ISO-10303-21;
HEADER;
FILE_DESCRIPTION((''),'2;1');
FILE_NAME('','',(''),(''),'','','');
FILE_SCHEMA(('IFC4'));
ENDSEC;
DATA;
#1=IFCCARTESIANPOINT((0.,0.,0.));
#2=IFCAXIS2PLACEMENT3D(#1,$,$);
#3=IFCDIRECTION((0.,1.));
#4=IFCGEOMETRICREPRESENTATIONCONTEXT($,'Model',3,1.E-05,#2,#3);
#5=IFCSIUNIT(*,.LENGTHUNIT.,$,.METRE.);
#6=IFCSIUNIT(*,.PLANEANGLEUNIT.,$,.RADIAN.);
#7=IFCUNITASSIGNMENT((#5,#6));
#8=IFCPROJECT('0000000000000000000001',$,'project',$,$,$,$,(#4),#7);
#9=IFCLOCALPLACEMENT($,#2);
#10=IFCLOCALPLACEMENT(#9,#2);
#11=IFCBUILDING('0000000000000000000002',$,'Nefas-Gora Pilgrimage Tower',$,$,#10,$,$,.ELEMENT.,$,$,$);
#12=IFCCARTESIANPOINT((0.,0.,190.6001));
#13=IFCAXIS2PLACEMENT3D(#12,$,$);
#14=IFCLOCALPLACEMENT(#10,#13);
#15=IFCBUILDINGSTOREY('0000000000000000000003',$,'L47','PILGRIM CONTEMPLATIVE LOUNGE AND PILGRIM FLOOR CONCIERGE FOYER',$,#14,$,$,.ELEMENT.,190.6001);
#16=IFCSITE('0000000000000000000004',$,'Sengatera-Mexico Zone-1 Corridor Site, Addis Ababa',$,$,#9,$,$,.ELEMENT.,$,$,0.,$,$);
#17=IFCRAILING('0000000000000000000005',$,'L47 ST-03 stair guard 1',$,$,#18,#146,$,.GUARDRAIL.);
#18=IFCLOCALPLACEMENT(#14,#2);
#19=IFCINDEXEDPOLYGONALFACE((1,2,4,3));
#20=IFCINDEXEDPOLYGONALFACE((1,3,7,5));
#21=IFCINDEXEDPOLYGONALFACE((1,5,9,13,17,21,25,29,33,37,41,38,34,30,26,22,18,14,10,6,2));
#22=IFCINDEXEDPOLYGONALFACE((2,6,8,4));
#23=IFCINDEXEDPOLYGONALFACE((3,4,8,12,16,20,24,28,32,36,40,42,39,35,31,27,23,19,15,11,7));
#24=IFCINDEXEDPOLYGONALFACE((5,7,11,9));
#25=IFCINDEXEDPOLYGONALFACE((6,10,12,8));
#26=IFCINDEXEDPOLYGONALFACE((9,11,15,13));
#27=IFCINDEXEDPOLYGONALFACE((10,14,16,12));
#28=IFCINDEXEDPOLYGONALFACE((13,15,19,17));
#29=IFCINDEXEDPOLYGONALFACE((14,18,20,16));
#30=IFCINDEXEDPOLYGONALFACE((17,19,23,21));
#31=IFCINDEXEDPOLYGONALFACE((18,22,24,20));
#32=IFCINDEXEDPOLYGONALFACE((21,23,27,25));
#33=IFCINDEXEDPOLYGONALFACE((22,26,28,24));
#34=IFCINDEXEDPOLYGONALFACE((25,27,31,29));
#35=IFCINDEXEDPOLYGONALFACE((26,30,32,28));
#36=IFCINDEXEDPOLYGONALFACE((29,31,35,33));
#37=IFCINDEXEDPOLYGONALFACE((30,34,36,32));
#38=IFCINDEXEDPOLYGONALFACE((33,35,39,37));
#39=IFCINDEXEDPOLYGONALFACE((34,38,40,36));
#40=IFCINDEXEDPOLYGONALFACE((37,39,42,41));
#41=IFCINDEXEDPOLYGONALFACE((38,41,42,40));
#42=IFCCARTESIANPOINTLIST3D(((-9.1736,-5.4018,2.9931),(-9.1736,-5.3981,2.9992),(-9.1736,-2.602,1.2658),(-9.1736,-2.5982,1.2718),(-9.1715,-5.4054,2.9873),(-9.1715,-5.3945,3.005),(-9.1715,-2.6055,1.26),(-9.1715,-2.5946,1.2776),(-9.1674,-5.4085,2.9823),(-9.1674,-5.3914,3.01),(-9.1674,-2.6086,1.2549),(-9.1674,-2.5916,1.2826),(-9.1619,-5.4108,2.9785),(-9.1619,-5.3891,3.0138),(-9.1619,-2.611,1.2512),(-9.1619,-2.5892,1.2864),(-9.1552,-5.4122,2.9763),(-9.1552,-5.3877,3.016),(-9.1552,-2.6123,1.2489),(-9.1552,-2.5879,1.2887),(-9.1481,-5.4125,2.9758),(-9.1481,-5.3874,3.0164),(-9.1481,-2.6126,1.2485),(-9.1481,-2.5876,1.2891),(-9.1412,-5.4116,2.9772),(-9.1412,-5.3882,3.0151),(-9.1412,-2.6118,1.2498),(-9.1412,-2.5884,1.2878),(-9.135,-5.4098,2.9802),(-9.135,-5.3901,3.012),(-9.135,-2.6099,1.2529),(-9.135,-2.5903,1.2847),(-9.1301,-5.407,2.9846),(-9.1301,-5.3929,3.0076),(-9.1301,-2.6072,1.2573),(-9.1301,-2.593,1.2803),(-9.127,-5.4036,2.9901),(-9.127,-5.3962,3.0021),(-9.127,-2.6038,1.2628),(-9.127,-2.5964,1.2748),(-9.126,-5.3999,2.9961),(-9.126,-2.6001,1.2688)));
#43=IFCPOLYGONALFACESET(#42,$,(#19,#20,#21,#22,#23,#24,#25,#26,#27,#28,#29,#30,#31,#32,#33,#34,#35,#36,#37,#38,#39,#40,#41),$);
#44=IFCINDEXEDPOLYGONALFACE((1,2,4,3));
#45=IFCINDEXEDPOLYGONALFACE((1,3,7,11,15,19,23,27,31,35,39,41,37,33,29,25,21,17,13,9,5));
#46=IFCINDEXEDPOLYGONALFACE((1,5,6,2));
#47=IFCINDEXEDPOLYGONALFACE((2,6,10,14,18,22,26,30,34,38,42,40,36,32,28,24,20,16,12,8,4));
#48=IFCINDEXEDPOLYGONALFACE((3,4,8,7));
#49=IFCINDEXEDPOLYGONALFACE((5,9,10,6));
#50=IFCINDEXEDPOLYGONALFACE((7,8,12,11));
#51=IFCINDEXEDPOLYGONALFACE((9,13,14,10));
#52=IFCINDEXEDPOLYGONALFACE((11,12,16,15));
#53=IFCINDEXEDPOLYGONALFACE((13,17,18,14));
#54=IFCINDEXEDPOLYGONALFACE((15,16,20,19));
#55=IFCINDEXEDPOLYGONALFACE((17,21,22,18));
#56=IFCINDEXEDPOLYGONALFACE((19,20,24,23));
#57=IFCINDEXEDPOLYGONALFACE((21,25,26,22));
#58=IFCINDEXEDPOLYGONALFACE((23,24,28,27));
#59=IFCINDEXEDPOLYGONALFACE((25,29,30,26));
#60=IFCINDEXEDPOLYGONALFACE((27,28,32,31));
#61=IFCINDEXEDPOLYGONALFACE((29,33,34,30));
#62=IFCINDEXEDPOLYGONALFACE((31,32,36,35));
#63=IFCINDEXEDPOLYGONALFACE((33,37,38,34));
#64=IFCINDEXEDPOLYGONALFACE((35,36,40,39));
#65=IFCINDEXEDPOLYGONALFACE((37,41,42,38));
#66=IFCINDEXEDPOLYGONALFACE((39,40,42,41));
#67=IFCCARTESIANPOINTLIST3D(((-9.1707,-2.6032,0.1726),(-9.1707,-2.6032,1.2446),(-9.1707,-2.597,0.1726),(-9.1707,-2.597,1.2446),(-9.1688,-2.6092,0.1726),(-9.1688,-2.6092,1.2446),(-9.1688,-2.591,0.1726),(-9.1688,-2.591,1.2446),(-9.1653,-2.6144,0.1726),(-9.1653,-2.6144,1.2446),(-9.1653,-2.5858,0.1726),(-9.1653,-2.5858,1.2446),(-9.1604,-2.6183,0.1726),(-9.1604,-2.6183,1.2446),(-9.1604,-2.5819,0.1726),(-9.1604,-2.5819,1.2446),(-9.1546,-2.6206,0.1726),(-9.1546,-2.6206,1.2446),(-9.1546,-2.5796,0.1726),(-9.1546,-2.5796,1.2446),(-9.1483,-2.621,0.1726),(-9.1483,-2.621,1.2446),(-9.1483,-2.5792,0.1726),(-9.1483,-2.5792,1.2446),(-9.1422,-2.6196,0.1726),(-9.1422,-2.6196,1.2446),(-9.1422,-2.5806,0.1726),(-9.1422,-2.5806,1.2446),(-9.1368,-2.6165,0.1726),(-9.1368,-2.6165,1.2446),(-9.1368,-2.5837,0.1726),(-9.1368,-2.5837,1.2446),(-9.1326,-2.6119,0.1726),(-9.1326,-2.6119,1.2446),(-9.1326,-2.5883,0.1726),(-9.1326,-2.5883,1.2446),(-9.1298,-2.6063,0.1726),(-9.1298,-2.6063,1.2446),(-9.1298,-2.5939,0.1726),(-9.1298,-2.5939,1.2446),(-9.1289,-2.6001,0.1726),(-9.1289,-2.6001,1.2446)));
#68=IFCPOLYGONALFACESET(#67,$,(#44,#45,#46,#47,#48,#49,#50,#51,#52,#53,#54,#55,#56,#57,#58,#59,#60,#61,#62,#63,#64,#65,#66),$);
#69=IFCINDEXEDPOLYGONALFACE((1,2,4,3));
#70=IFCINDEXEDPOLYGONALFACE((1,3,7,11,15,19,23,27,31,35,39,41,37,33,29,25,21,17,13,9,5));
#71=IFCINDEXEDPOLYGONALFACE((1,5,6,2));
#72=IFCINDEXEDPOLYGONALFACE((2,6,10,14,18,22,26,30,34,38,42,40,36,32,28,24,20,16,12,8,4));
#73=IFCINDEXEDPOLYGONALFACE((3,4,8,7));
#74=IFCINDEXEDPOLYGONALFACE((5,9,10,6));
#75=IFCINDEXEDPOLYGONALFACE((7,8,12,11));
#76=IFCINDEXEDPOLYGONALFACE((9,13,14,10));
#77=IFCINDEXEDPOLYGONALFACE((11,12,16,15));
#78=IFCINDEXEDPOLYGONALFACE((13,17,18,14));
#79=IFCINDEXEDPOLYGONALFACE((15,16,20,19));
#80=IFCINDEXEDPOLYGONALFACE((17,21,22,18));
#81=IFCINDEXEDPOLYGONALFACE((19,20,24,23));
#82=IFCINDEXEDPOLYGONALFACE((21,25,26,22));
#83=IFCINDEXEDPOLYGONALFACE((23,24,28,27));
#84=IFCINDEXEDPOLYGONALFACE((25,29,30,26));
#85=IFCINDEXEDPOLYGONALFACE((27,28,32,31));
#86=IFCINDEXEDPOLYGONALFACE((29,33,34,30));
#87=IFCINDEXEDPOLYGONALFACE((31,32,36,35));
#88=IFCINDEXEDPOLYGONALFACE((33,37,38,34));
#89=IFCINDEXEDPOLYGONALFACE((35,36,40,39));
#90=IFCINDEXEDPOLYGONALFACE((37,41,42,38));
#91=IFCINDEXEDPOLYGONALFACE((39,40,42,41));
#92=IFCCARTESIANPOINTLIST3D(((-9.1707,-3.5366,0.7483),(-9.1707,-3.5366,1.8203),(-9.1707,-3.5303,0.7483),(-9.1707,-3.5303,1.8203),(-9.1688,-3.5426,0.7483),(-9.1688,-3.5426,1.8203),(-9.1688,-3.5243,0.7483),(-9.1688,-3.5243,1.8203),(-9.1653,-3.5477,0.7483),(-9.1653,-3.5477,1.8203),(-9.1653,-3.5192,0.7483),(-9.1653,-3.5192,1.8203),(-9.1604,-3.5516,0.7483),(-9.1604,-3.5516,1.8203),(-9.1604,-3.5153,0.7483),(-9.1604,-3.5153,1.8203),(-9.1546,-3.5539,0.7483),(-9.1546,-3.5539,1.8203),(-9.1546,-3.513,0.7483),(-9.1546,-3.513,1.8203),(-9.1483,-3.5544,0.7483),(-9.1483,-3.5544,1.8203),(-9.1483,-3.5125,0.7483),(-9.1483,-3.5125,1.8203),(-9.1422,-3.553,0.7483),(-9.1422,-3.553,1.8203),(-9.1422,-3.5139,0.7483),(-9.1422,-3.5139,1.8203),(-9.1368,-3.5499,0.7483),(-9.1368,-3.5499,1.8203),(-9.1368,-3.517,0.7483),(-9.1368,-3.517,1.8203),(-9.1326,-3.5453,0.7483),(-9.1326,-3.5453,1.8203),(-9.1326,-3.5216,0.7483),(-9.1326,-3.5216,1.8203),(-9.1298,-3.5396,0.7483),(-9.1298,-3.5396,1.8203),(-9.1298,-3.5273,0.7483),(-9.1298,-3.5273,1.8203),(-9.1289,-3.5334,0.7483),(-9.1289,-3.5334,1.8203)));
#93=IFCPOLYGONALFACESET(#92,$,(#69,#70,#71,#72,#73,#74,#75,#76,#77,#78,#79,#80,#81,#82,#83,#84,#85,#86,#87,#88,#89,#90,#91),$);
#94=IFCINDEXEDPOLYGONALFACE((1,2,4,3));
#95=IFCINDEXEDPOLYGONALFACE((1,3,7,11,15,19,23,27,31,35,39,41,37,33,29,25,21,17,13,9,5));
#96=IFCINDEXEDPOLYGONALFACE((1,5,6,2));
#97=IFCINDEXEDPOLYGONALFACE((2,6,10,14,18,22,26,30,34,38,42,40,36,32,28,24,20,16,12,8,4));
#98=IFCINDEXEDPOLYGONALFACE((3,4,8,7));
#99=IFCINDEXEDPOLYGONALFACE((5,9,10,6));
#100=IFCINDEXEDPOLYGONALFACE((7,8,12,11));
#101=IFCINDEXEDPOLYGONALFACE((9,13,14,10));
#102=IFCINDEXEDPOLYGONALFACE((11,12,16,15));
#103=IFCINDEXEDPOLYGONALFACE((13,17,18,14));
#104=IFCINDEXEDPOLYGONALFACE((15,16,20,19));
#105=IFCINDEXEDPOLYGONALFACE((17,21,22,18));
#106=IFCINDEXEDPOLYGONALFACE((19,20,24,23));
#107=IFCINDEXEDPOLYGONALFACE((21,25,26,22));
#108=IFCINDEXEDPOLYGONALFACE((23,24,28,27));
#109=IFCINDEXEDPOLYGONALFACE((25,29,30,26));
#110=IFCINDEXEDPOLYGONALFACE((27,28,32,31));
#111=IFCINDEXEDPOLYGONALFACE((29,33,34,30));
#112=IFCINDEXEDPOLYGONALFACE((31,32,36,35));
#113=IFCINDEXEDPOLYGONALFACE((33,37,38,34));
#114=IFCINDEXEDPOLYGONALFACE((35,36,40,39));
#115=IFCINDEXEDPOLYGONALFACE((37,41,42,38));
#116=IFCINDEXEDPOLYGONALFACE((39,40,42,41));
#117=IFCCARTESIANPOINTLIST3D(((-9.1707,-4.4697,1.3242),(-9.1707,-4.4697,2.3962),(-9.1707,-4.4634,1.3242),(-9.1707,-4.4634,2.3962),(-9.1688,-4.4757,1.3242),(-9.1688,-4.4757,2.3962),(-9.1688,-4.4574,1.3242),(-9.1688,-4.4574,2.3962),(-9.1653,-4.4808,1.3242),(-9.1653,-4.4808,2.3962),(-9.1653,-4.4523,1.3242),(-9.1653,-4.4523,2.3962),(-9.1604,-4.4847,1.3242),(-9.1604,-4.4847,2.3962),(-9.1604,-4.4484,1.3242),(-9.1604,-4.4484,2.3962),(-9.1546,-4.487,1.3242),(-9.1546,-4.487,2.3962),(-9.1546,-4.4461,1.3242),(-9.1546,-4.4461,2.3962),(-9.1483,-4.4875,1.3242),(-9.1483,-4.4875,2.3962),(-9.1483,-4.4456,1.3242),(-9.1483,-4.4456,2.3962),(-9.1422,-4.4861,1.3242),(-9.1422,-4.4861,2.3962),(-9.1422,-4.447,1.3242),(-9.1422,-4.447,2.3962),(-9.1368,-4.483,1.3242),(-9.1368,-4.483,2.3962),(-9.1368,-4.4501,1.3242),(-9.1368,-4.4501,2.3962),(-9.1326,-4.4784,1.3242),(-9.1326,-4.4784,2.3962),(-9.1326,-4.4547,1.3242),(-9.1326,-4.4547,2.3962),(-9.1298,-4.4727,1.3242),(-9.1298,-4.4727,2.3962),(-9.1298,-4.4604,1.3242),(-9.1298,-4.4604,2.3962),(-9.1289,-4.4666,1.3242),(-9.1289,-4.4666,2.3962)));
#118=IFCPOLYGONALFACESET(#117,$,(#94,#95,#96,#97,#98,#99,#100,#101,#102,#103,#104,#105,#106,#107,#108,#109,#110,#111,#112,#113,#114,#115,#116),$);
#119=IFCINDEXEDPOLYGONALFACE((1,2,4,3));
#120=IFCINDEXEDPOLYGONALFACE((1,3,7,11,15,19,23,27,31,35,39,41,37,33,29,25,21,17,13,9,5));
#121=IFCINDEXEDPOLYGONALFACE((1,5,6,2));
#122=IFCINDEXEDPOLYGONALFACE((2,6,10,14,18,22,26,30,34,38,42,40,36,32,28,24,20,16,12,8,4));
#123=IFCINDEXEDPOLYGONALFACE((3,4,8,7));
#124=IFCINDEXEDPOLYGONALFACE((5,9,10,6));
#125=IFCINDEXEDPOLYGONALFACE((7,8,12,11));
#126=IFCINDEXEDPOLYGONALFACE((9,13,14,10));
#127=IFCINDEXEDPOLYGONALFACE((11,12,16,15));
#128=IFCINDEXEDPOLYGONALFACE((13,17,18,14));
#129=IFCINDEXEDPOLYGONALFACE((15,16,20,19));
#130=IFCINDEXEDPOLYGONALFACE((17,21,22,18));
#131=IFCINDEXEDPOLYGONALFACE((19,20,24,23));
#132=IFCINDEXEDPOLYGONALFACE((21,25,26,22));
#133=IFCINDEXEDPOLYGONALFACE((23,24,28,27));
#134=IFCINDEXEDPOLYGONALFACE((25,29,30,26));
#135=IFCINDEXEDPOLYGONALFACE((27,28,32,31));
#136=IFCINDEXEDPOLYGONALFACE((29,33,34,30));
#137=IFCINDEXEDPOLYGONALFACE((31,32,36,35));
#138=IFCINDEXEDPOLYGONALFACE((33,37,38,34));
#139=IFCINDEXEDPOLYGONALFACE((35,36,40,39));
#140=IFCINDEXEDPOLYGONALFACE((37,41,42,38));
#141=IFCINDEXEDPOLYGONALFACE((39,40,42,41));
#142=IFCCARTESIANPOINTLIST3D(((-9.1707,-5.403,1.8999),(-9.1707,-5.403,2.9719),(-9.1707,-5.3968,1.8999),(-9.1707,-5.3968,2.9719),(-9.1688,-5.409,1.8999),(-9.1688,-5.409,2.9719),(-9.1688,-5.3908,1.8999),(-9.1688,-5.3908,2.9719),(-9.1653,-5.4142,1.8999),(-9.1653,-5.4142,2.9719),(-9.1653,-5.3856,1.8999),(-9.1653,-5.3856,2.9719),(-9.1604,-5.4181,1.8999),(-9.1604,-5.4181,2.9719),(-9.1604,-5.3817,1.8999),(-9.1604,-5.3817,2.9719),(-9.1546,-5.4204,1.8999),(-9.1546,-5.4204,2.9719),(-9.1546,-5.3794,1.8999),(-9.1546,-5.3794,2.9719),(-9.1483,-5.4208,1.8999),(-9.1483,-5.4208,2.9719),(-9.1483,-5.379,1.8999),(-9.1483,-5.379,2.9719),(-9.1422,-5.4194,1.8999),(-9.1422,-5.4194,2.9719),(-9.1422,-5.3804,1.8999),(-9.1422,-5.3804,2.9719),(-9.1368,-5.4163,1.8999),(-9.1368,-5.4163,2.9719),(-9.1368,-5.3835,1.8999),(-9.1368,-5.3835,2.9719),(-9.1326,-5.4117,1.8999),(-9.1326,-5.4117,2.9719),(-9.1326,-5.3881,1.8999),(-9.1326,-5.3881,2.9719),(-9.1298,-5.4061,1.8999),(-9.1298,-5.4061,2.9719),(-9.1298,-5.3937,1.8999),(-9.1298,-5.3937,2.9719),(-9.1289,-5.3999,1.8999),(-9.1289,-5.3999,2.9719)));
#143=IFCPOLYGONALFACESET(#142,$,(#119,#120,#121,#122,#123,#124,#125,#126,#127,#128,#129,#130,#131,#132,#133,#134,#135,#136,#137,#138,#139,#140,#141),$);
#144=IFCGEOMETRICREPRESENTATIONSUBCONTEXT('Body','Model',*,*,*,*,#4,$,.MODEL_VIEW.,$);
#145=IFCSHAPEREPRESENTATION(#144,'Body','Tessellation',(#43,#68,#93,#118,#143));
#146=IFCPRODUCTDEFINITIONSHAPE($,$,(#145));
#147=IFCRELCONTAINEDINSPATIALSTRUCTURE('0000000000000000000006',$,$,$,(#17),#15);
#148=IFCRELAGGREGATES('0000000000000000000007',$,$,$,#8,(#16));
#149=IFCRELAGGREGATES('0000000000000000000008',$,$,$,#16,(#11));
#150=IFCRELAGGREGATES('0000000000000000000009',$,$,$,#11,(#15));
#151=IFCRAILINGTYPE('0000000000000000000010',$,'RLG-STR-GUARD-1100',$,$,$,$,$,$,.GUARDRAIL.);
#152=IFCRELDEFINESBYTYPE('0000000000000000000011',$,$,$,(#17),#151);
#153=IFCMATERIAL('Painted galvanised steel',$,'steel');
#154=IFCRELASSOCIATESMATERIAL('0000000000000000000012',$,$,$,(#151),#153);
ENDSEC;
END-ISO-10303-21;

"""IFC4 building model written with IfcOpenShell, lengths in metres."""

from ifc_helpers import new_model, si_unit, direction, frame, origin, origin_2d, place, context, subcontext, project, spatial, circle, extrude, material, type_object, element, save


model = new_model("IFC4")

# Units and contexts
model_context = context("Model", 3, precision=1e-05, world=origin(), true_north=direction((0.0, 1.0)))
body_context = subcontext(model_context, "Body", "Model", "MODEL_VIEW")
ifc_project = project(units=[si_unit("LENGTHUNIT", "METRE"), si_unit("PLANEANGLEUNIT", "RADIAN")], contexts=[model_context])

# Site, building, storey
site_placement = place(None, origin())
site = spatial("IfcSite", under=ifc_project, at=site_placement, Name="Sengatera-Mexico Zone-1 Corridor Site, Addis Ababa", CompositionType="ELEMENT", RefElevation=0.0)
building_placement = place(site_placement, origin())
building = spatial("IfcBuilding", under=site, at=building_placement, Name="Nefas-Gora Pilgrimage Tower", CompositionType="ELEMENT")
storey_placement = place(building_placement, frame((0.0, 0.0, 190.6001)))
storey = spatial("IfcBuildingStorey", under=building, at=storey_placement, Name="L47", Description="PILGRIM CONTEMPLATIVE LOUNGE AND PILGRIM FLOOR CONCIERGE FOYER", CompositionType="ELEMENT", Elevation=190.6001)

# Railing
ifc_material_1 = material(Name="Painted galvanised steel", Category="steel")
railing_type_1 = type_object("IfcRailingType", Name="RLG-STR-GUARD-1100", PredefinedType="GUARDRAIL", material=ifc_material_1)
railing_1_placement = place(storey_placement, frame((-9.1499, -2.6001, 0.1726)))
element("IfcRailing", 1, at=railing_1_placement, inside=storey, type_object=railing_type_1, Name="L47 ST-03 stair guard 1", PredefinedType="GUARDRAIL", context=body_context, shape_type="SweptSolid", body=[
    extrude(circle(Radius=0.0239, at=origin_2d()), frame((0.0, 0.0, 1.0962), z_axis=(0.0, -0.851069, 0.525054), x_axis=(1.0, 0.0, 0.0)), (0.0, 0.0, 1.0), 3.2898),
    extrude(circle(Radius=0.021, at=origin_2d()), origin(), (0.0, 0.0, 1.0), 1.072),
    extrude(circle(Radius=0.021, at=origin_2d()), frame((0.0, -0.9333, 0.5757)), (0.0, 0.0, 1.0), 1.072),
    extrude(circle(Radius=0.021, at=origin_2d()), frame((0.0, -1.8665, 1.1516)), (0.0, 0.0, 1.0), 1.072),
    extrude(circle(Radius=0.021, at=origin_2d()), frame((0.0, -2.7998, 1.7273)), (0.0, 0.0, 1.0), 1.072),
])

save(model, "model.ifc")
